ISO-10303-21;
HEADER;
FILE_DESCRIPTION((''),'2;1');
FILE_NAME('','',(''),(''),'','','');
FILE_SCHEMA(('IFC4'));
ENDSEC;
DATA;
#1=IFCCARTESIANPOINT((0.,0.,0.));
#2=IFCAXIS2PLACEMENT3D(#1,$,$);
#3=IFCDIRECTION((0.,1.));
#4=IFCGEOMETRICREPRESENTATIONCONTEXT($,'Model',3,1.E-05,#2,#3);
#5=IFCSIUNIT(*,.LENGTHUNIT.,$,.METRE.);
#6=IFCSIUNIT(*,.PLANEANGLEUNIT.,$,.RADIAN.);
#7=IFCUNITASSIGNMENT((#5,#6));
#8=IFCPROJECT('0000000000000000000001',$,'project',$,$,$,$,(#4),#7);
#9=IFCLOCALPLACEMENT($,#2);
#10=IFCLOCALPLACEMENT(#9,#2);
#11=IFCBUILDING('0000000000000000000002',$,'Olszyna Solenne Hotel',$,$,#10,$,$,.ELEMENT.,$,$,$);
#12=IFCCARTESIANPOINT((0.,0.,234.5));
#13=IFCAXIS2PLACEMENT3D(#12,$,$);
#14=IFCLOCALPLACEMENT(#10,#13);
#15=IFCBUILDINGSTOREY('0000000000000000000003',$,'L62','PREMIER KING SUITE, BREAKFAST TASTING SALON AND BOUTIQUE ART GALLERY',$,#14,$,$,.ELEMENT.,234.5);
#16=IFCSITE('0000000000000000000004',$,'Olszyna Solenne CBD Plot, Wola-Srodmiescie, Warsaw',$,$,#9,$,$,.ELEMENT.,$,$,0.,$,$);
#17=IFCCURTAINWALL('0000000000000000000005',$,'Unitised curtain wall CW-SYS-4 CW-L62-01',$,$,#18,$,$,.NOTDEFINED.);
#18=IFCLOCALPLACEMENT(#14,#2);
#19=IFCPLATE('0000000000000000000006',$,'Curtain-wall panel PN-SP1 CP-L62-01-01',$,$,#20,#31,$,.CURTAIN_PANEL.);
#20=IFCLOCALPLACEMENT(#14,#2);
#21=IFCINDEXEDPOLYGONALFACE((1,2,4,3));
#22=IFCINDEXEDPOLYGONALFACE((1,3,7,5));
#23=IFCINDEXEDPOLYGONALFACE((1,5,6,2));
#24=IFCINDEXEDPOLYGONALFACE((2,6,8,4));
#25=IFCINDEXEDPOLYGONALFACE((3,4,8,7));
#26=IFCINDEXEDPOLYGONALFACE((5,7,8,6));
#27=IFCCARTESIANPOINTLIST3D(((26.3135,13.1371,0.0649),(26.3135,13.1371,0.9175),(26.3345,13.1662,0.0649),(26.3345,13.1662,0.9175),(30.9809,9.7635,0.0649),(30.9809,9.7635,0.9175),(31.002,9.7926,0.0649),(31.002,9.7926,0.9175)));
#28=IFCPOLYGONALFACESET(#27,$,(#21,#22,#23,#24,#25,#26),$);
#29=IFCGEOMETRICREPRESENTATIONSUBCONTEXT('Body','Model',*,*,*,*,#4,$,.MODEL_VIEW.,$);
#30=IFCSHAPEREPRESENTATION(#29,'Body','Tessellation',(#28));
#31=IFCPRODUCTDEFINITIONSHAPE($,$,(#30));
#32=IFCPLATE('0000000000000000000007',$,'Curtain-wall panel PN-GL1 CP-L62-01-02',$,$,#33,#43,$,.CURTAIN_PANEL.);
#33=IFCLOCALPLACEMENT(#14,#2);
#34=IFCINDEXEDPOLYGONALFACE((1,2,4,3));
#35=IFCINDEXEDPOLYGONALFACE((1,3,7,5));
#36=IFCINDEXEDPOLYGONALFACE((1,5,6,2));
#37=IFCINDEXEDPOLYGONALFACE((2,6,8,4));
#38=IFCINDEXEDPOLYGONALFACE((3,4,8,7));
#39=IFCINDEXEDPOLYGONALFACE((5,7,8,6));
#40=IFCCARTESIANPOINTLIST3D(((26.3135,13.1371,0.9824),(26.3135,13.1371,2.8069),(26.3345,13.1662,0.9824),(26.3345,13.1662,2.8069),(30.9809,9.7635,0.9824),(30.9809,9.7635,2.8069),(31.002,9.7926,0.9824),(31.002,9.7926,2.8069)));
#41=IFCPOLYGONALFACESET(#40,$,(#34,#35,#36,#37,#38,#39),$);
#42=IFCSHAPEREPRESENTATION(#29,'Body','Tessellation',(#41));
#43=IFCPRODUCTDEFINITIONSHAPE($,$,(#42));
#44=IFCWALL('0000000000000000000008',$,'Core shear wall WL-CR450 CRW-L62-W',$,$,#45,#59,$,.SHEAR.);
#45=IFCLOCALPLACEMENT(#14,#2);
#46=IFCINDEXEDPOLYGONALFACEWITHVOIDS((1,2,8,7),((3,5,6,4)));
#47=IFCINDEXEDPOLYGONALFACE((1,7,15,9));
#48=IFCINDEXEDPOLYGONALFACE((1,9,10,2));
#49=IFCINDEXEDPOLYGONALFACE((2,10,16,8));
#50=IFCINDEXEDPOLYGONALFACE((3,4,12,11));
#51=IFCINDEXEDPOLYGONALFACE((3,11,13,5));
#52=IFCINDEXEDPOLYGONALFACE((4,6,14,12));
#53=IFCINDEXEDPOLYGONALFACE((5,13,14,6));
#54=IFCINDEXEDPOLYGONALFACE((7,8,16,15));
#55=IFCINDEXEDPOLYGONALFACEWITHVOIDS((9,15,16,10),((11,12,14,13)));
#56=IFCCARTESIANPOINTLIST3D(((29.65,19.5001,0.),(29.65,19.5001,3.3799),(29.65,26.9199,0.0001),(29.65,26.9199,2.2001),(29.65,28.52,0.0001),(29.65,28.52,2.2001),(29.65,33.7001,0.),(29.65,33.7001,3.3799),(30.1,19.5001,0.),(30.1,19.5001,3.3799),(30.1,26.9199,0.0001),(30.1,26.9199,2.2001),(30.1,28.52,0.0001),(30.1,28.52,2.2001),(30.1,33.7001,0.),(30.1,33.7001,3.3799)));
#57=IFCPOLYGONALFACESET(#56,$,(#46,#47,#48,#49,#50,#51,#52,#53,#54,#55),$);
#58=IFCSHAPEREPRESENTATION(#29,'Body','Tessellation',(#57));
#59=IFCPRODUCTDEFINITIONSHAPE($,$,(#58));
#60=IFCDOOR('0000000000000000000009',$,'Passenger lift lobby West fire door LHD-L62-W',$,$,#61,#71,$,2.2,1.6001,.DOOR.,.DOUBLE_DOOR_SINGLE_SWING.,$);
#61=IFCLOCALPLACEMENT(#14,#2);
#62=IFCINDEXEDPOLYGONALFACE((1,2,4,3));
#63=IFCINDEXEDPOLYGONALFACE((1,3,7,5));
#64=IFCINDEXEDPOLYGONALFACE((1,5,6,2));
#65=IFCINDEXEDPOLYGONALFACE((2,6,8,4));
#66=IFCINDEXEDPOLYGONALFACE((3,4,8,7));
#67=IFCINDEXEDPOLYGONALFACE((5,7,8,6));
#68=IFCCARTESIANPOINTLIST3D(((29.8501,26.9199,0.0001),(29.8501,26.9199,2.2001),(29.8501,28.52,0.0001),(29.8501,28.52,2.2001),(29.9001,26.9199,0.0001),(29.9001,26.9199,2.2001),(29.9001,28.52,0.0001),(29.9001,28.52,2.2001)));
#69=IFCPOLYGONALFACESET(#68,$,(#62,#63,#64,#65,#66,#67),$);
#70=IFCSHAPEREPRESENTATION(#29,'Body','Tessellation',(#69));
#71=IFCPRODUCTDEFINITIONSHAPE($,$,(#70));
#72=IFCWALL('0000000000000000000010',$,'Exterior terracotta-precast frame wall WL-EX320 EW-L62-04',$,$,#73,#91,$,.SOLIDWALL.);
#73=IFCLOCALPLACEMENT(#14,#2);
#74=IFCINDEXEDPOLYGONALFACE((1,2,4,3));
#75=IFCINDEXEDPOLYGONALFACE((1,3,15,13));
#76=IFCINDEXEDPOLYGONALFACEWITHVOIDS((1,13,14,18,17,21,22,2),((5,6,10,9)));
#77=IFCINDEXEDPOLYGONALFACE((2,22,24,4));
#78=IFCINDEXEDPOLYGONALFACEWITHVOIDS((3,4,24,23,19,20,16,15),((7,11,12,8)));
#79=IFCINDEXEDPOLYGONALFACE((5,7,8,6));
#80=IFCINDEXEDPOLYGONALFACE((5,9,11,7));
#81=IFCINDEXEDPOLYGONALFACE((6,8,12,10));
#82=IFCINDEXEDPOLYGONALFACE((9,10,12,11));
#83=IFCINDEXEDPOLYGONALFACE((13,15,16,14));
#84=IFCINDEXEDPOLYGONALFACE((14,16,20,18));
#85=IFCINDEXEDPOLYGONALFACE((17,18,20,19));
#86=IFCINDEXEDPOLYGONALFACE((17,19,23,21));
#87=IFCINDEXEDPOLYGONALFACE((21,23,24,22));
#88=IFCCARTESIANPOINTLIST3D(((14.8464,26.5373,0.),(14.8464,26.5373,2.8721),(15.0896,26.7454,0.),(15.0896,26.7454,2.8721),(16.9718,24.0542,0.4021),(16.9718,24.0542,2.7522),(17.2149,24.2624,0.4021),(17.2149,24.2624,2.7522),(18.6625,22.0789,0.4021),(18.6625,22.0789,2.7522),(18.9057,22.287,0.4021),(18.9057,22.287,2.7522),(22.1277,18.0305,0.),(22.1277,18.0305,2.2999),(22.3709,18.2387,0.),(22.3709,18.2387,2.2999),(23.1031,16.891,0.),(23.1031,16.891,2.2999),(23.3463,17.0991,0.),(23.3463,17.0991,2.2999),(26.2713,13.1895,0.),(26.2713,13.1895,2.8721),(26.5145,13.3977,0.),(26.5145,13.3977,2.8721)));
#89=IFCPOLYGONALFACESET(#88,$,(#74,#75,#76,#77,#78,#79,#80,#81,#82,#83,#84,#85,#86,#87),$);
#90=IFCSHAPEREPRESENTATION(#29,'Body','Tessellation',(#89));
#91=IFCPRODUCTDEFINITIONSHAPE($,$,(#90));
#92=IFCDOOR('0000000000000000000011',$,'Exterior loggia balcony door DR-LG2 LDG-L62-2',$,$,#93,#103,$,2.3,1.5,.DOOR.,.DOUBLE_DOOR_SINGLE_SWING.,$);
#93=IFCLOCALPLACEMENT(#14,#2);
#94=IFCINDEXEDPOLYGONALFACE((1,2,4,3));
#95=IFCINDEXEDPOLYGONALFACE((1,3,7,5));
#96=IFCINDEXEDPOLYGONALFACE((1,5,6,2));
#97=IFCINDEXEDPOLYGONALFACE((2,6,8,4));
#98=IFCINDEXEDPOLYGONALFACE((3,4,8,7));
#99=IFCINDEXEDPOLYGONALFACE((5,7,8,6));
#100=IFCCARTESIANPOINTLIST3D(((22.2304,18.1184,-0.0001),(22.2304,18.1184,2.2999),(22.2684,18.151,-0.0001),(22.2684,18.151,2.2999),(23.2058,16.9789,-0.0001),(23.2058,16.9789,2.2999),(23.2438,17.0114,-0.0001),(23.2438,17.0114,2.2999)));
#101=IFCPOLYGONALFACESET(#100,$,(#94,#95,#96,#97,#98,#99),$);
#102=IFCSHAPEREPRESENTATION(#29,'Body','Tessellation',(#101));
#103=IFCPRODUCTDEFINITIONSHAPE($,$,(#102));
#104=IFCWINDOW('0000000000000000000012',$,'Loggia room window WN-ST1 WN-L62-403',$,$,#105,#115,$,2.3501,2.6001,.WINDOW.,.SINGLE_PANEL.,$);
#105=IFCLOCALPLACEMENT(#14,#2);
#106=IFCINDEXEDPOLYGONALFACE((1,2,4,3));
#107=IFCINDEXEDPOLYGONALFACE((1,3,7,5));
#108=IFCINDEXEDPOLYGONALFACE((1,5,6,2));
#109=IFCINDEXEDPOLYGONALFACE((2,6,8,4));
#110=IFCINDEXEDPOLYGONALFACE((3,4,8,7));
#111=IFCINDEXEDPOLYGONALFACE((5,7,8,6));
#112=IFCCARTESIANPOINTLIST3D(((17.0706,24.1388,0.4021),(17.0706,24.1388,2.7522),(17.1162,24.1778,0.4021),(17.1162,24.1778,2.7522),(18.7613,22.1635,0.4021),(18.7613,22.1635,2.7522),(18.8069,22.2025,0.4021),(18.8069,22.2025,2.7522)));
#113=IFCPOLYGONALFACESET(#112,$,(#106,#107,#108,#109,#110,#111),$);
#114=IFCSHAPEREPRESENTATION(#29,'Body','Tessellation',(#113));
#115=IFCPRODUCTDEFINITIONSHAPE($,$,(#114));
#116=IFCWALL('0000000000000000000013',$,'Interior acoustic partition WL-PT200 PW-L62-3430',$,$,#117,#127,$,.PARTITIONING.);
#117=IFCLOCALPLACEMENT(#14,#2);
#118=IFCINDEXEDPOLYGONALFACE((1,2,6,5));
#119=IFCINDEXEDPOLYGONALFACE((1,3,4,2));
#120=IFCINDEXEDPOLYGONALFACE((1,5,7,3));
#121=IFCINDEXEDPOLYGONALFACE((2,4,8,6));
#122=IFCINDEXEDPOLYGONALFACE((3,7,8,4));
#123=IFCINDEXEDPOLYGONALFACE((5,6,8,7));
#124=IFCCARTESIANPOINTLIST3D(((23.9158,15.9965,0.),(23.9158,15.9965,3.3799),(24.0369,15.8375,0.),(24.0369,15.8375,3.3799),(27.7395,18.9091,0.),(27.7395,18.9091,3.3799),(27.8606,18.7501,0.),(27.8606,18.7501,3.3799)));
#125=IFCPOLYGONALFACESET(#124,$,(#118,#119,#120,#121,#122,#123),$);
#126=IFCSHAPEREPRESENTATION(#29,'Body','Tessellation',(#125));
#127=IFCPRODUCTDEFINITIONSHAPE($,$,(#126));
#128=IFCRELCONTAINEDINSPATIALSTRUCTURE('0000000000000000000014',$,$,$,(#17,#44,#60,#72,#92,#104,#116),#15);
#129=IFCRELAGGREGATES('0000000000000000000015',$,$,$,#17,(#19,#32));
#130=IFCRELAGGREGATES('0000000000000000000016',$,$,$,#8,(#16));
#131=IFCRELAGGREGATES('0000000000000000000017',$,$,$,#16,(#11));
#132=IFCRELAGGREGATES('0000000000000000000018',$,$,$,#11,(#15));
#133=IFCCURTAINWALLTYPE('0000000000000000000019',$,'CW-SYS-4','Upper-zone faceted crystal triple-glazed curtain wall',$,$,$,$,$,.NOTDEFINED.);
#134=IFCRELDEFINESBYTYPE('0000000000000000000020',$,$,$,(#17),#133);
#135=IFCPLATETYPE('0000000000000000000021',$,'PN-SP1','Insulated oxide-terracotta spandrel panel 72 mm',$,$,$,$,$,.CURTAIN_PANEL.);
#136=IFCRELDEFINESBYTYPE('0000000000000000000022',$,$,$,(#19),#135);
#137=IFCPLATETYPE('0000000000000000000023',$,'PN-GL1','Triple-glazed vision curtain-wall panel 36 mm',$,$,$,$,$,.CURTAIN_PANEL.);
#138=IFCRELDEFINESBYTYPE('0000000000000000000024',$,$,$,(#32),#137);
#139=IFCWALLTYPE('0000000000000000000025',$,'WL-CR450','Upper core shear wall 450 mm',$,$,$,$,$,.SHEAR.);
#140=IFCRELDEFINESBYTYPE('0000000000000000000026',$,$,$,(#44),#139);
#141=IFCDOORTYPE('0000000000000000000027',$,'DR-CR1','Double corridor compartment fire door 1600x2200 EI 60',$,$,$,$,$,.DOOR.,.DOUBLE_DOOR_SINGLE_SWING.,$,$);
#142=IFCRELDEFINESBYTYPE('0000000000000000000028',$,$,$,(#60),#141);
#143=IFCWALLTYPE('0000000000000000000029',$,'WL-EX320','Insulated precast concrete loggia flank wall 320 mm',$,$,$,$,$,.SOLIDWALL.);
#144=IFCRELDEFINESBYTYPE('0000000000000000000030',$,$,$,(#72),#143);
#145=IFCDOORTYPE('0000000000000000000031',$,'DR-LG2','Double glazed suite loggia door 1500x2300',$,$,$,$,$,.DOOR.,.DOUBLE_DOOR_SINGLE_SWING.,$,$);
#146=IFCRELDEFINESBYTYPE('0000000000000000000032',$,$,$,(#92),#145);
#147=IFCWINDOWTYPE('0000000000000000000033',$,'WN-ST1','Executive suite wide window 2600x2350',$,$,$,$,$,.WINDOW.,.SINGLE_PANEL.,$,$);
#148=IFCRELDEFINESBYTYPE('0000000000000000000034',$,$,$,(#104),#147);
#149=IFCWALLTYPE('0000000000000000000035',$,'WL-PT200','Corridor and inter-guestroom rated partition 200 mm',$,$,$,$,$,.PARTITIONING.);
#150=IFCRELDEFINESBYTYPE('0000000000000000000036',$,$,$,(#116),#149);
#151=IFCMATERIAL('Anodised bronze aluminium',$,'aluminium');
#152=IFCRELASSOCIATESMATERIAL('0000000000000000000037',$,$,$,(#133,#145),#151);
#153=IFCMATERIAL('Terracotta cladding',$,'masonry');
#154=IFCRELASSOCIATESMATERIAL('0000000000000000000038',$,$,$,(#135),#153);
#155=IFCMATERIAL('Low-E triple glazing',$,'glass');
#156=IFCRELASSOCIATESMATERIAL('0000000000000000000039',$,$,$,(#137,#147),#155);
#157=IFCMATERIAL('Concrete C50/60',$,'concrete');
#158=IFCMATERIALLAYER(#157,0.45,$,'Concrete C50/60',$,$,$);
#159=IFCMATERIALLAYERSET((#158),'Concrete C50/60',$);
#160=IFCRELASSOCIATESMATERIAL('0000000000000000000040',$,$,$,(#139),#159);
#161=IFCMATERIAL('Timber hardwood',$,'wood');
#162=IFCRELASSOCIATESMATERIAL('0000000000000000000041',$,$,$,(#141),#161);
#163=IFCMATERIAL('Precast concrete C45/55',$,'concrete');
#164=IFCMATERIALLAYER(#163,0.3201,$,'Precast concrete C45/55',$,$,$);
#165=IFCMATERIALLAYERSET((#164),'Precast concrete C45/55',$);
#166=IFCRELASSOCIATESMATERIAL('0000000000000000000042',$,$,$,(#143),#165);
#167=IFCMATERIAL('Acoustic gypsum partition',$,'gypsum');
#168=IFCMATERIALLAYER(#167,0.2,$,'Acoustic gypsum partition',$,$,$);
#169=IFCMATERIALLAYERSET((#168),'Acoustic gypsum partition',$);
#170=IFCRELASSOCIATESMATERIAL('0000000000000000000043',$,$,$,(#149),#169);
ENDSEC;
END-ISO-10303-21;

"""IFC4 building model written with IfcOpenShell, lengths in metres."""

from ifc_helpers import new_model, si_unit, direction, frame, frame_2d, origin, origin_2d, place, context, subcontext, project, spatial, rectangle, extrude, source, transform, mapped, material, layer, layer_set, type_object, type_shapes, element, fill, aggregate, save


model = new_model("IFC4")

# Units and contexts
model_context = context("Model", 3, precision=1e-05, world=origin(), true_north=direction((0.0, 1.0)))
body_context = subcontext(model_context, "Body", "Model", "MODEL_VIEW")
ifc_project = project(units=[si_unit("LENGTHUNIT", "METRE"), si_unit("PLANEANGLEUNIT", "RADIAN")], contexts=[model_context])

# Site, building, storey
site_placement = place(None, origin())
site = spatial("IfcSite", under=ifc_project, at=site_placement, Name="Olszyna Solenne CBD Plot, Wola-Srodmiescie, Warsaw", CompositionType="ELEMENT", RefElevation=0.0)
building_placement = place(site_placement, origin())
building = spatial("IfcBuilding", under=site, at=building_placement, Name="Olszyna Solenne Hotel", CompositionType="ELEMENT")
storey_placement = place(building_placement, frame((0.0, 0.0, 234.5)))
storey = spatial("IfcBuildingStorey", under=building, at=storey_placement, Name="L62", Description="PREMIER KING SUITE, BREAKFAST TASTING SALON AND BOUTIQUE ART GALLERY", CompositionType="ELEMENT", Elevation=234.5)

# Curtain wall
ifc_material_1 = material(Name="Anodised bronze aluminium", Category="aluminium")
curtain_wall_type = type_object("IfcCurtainWallType", Name="CW-SYS-4", Description="Upper-zone faceted crystal triple-glazed curtain wall", PredefinedType="NOTDEFINED", material=ifc_material_1)
curtain_wall_placement = place(storey_placement, origin())
curtain_wall = element("IfcCurtainWall", 1, at=curtain_wall_placement, inside=storey, type_object=curtain_wall_type, Name="Unitised curtain wall CW-SYS-4 CW-L62-01", PredefinedType="NOTDEFINED")

# Shared definitions
ifc_material_2 = material(Name="Precast concrete C45/55", Category="concrete")
ifc_material_3 = material(Name="Concrete C50/60", Category="concrete")

# Plates
ifc_material_4 = material(Name="Terracotta cladding", Category="masonry")
plate_type_1 = type_object("IfcPlateType", Name="PN-SP1", Description="Insulated oxide-terracotta spandrel panel 72 mm", PredefinedType="CURTAIN_PANEL", material=ifc_material_4)
shared_shape_1 = source(origin(), body_context, "Body", "SweptSolid", [
    extrude(rectangle(XDim=5.759, YDim=0.0359, at=origin_2d()), origin(), (0.0, 0.0, 1.0), 0.8525),
])
plate_1_placement = place(storey_placement, frame((28.6577, 11.4648, 0.0649), z_axis=(0.0, 0.0, 1.0), x_axis=(0.810463, -0.585789, 0.0)))
plate_1 = element("IfcPlate", 2, at=plate_1_placement, type_object=plate_type_1, Name="Curtain-wall panel PN-SP1 CP-L62-01-01", PredefinedType="CURTAIN_PANEL", context=body_context, shape_type="MappedRepresentation", body=[
    mapped(shared_shape_1, transform((0.0, 0.0, 0.0), x_axis=(1.0, 0.0, 0.0), y_axis=(0.0, 1.0, 0.0), z_axis=(0.0, 0.0, 1.0), scale=1.0)),
])
ifc_material_5 = material(Name="Low-E triple glazing", Category="glass")
plate_type_2 = type_object("IfcPlateType", Name="PN-GL1", Description="Triple-glazed vision curtain-wall panel 36 mm", PredefinedType="CURTAIN_PANEL", material=ifc_material_5)
shared_shape_2 = source(origin(), body_context, "Body", "SweptSolid", [
    extrude(rectangle(XDim=5.759, YDim=0.0359, at=origin_2d()), origin(), (0.0, 0.0, 1.0), 1.8245),
])
plate_2_placement = place(storey_placement, frame((28.6577, 11.4648, 0.9824), z_axis=(0.0, 0.0, 1.0), x_axis=(0.810463, -0.585789, 0.0)))
plate_2 = element("IfcPlate", 3, at=plate_2_placement, type_object=plate_type_2, Name="Curtain-wall panel PN-GL1 CP-L62-01-02", PredefinedType="CURTAIN_PANEL", context=body_context, shape_type="MappedRepresentation", body=[
    mapped(shared_shape_2, transform((0.0, 0.0, 0.0), x_axis=(1.0, 0.0, 0.0), y_axis=(0.0, 1.0, 0.0), z_axis=(0.0, 0.0, 1.0), scale=1.0)),
])
aggregate(curtain_wall, [plate_1, plate_2])

# Wall, opening, door
ifc_layer_1 = layer(ifc_material_3, 0.45, Name="Concrete C50/60")
ifc_layer_set_1 = layer_set([ifc_layer_1], Name="Concrete C50/60")
wall_type_1 = type_object("IfcWallType", Name="WL-CR450", Description="Upper core shear wall 450 mm", PredefinedType="SHEAR", material=ifc_layer_set_1)
wall_1_placement = place(storey_placement, frame((29.875, 19.5, 0.0), z_axis=(0.0, 0.0, 1.0), x_axis=(0.0, 1.0, 0.0)))
wall_1 = element("IfcWall", 4, at=wall_1_placement, inside=storey, type_object=wall_type_1, Name="Core shear wall WL-CR450 CRW-L62-W", PredefinedType="SHEAR", context=body_context, shape_type="SweptSolid", body=[
    extrude(rectangle(XDim=14.2, YDim=0.45, at=frame_2d((7.1001, 0.0))), origin(), (0.0, 0.0, 1.0), 3.3799),
])
opening_1_placement = place(wall_1_placement, frame((7.4199, 0.0, 0.0)))
opening_1 = element("IfcOpeningElement", 5, at=opening_1_placement, cuts=wall_1, PredefinedType="OPENING", context=body_context, shape_type="SweptSolid", body=[
    extrude(rectangle(XDim=1.6001, YDim=2.2, at=frame_2d((0.8, 1.1001))), frame((0.0, 0.2349, 0.0), z_axis=(0.0, -1.0, 0.0), x_axis=(1.0, 0.0, 0.0)), (0.0, 0.0, 1.0), 0.47),
])
ifc_material_6 = material(Name="Timber hardwood", Category="wood")
door_type_1 = type_object("IfcDoorType", Name="DR-CR1", Description="Double corridor compartment fire door 1600x2200 EI 60", OperationType="DOUBLE_DOOR_SINGLE_SWING", PredefinedType="DOOR", material=ifc_material_6)
shared_shape_3 = source(origin(), body_context, "Body", "SweptSolid", [
    extrude(rectangle(XDim=1.6001, YDim=2.2, at=frame_2d((0.8, 1.1001))), frame((0.0, 0.0249, 0.0), z_axis=(0.0, -1.0, 0.0), x_axis=(1.0, 0.0, 0.0)), (0.0, 0.0, 1.0), 0.05),
])
type_shapes(door_type_1, [shared_shape_3])
door_1_placement = place(opening_1_placement, origin())
door_1 = element("IfcDoor", 6, at=door_1_placement, inside=storey, type_object=door_type_1, Name="Passenger lift lobby West fire door LHD-L62-W", OperationType="DOUBLE_DOOR_SINGLE_SWING", OverallHeight=2.2, OverallWidth=1.6001, PredefinedType="DOOR", context=body_context, shape_type="MappedRepresentation", body=[
    mapped(shared_shape_3, transform((0.0, 0.0, 0.0), x_axis=(1.0, 0.0, 0.0), y_axis=(0.0, 1.0, 0.0), z_axis=(0.0, 0.0, 1.0), scale=1.0)),
])
fill(opening_1, door_1)

# Wall, openings, door, window
ifc_layer_2 = layer(ifc_material_2, 0.3201, Name="Precast concrete C45/55")
ifc_layer_set_2 = layer_set([ifc_layer_2], Name="Precast concrete C45/55")
wall_type_2 = type_object("IfcWallType", Name="WL-EX320", Description="Insulated precast concrete loggia flank wall 320 mm", PredefinedType="SOLIDWALL", material=ifc_layer_set_2)
wall_2_placement = place(storey_placement, frame((26.3928, 13.2937, 0.0), z_axis=(0.0, 0.0, 1.0), x_axis=(-0.650265, 0.759708, 0.0)))
wall_2 = element("IfcWall", 7, at=wall_2_placement, inside=storey, type_object=wall_type_2, Name="Exterior terracotta-precast frame wall WL-EX320 EW-L62-04", PredefinedType="SOLIDWALL", context=body_context, shape_type="SweptSolid", body=[
    extrude(rectangle(XDim=17.5696, YDim=0.3201, at=frame_2d((8.7847, 0.0))), origin(), (0.0, 0.0, 1.0), 2.8721),
])
opening_2_placement = place(wall_2_placement, frame((4.8721, 0.0, 0.0)))
opening_2 = element("IfcOpeningElement", 8, at=opening_2_placement, cuts=wall_2, PredefinedType="OPENING", context=body_context, shape_type="SweptSolid", body=[
    extrude(rectangle(XDim=1.5, YDim=2.3, at=frame_2d((0.75, 1.1499))), frame((0.0, 0.1699, 0.0), z_axis=(0.0, -1.0, 0.0), x_axis=(1.0, 0.0, 0.0)), (0.0, 0.0, 1.0), 0.3401),
])
opening_3_placement = place(wall_2_placement, frame((11.7009, 0.0, 0.4021)))
opening_3 = element("IfcOpeningElement", 9, at=opening_3_placement, cuts=wall_2, PredefinedType="OPENING", context=body_context, shape_type="SweptSolid", body=[
    extrude(rectangle(XDim=2.6001, YDim=2.3501, at=frame_2d((1.3, 1.175))), frame((0.0, 0.1699, 0.0), z_axis=(0.0, -1.0, 0.0), x_axis=(1.0, 0.0, 0.0)), (0.0, 0.0, 1.0), 0.3401),
])
door_type_2 = type_object("IfcDoorType", Name="DR-LG2", Description="Double glazed suite loggia door 1500x2300", OperationType="DOUBLE_DOOR_SINGLE_SWING", PredefinedType="DOOR", material=ifc_material_1)
shared_shape_4 = source(origin(), body_context, "Body", "SweptSolid", [
    extrude(rectangle(XDim=1.5, YDim=2.3, at=frame_2d((0.75, 1.1499))), frame((0.0, 0.0249, 0.0), z_axis=(0.0, -1.0, 0.0), x_axis=(1.0, 0.0, 0.0)), (0.0, 0.0, 1.0), 0.05),
])
type_shapes(door_type_2, [shared_shape_4])
door_2_placement = place(opening_2_placement, origin())
door_2 = element("IfcDoor", 10, at=door_2_placement, inside=storey, type_object=door_type_2, Name="Exterior loggia balcony door DR-LG2 LDG-L62-2", OperationType="DOUBLE_DOOR_SINGLE_SWING", OverallHeight=2.3, OverallWidth=1.5, PredefinedType="DOOR", context=body_context, shape_type="MappedRepresentation", body=[
    mapped(shared_shape_4, transform((0.0, 0.0, 0.0), x_axis=(1.0, 0.0, 0.0), y_axis=(0.0, 1.0, 0.0), z_axis=(0.0, 0.0, 1.0), scale=1.0)),
])
fill(opening_2, door_2)
window_type = type_object("IfcWindowType", Name="WN-ST1", Description="Executive suite wide window 2600x2350", PartitioningType="SINGLE_PANEL", PredefinedType="WINDOW", material=ifc_material_5)
shared_shape_5 = source(origin(), body_context, "Body", "SweptSolid", [
    extrude(rectangle(XDim=2.6001, YDim=2.3501, at=frame_2d((1.3, 1.175))), frame((0.0, 0.03, 0.0), z_axis=(0.0, -1.0, 0.0), x_axis=(1.0, 0.0, 0.0)), (0.0, 0.0, 1.0), 0.0601),
])
type_shapes(window_type, [shared_shape_5])
window_placement = place(opening_3_placement, origin())
window = element("IfcWindow", 11, at=window_placement, inside=storey, type_object=window_type, Name="Loggia room window WN-ST1 WN-L62-403", OverallHeight=2.3501, OverallWidth=2.6001, PartitioningType="SINGLE_PANEL", PredefinedType="WINDOW", context=body_context, shape_type="MappedRepresentation", body=[
    mapped(shared_shape_5, transform((0.0, 0.0, 0.0), x_axis=(1.0, 0.0, 0.0), y_axis=(0.0, 1.0, 0.0), z_axis=(0.0, 0.0, 1.0), scale=1.0)),
])
fill(opening_3, window)

# Wall
ifc_material_7 = material(Name="Acoustic gypsum partition", Category="gypsum")
ifc_layer_3 = layer(ifc_material_7, 0.2, Name="Acoustic gypsum partition")
ifc_layer_set_3 = layer_set([ifc_layer_3], Name="Acoustic gypsum partition")
wall_type_3 = type_object("IfcWallType", Name="WL-PT200", Description="Corridor and inter-guestroom rated partition 200 mm", PredefinedType="PARTITIONING", material=ifc_layer_set_3)
wall_3_placement = place(storey_placement, frame((27.8, 18.8296, 0.0), z_axis=(0.0, 0.0, 1.0), x_axis=(-0.795504, -0.605948, 0.0)))
element("IfcWall", 12, at=wall_3_placement, inside=storey, type_object=wall_type_3, Name="Interior acoustic partition WL-PT200 PW-L62-3430", PredefinedType="PARTITIONING", context=body_context, shape_type="SweptSolid", body=[
    extrude(rectangle(XDim=4.8066, YDim=0.2, at=frame_2d((2.4033, 0.0))), origin(), (0.0, 0.0, 1.0), 3.3799),
])

save(model, "model.ifc")
